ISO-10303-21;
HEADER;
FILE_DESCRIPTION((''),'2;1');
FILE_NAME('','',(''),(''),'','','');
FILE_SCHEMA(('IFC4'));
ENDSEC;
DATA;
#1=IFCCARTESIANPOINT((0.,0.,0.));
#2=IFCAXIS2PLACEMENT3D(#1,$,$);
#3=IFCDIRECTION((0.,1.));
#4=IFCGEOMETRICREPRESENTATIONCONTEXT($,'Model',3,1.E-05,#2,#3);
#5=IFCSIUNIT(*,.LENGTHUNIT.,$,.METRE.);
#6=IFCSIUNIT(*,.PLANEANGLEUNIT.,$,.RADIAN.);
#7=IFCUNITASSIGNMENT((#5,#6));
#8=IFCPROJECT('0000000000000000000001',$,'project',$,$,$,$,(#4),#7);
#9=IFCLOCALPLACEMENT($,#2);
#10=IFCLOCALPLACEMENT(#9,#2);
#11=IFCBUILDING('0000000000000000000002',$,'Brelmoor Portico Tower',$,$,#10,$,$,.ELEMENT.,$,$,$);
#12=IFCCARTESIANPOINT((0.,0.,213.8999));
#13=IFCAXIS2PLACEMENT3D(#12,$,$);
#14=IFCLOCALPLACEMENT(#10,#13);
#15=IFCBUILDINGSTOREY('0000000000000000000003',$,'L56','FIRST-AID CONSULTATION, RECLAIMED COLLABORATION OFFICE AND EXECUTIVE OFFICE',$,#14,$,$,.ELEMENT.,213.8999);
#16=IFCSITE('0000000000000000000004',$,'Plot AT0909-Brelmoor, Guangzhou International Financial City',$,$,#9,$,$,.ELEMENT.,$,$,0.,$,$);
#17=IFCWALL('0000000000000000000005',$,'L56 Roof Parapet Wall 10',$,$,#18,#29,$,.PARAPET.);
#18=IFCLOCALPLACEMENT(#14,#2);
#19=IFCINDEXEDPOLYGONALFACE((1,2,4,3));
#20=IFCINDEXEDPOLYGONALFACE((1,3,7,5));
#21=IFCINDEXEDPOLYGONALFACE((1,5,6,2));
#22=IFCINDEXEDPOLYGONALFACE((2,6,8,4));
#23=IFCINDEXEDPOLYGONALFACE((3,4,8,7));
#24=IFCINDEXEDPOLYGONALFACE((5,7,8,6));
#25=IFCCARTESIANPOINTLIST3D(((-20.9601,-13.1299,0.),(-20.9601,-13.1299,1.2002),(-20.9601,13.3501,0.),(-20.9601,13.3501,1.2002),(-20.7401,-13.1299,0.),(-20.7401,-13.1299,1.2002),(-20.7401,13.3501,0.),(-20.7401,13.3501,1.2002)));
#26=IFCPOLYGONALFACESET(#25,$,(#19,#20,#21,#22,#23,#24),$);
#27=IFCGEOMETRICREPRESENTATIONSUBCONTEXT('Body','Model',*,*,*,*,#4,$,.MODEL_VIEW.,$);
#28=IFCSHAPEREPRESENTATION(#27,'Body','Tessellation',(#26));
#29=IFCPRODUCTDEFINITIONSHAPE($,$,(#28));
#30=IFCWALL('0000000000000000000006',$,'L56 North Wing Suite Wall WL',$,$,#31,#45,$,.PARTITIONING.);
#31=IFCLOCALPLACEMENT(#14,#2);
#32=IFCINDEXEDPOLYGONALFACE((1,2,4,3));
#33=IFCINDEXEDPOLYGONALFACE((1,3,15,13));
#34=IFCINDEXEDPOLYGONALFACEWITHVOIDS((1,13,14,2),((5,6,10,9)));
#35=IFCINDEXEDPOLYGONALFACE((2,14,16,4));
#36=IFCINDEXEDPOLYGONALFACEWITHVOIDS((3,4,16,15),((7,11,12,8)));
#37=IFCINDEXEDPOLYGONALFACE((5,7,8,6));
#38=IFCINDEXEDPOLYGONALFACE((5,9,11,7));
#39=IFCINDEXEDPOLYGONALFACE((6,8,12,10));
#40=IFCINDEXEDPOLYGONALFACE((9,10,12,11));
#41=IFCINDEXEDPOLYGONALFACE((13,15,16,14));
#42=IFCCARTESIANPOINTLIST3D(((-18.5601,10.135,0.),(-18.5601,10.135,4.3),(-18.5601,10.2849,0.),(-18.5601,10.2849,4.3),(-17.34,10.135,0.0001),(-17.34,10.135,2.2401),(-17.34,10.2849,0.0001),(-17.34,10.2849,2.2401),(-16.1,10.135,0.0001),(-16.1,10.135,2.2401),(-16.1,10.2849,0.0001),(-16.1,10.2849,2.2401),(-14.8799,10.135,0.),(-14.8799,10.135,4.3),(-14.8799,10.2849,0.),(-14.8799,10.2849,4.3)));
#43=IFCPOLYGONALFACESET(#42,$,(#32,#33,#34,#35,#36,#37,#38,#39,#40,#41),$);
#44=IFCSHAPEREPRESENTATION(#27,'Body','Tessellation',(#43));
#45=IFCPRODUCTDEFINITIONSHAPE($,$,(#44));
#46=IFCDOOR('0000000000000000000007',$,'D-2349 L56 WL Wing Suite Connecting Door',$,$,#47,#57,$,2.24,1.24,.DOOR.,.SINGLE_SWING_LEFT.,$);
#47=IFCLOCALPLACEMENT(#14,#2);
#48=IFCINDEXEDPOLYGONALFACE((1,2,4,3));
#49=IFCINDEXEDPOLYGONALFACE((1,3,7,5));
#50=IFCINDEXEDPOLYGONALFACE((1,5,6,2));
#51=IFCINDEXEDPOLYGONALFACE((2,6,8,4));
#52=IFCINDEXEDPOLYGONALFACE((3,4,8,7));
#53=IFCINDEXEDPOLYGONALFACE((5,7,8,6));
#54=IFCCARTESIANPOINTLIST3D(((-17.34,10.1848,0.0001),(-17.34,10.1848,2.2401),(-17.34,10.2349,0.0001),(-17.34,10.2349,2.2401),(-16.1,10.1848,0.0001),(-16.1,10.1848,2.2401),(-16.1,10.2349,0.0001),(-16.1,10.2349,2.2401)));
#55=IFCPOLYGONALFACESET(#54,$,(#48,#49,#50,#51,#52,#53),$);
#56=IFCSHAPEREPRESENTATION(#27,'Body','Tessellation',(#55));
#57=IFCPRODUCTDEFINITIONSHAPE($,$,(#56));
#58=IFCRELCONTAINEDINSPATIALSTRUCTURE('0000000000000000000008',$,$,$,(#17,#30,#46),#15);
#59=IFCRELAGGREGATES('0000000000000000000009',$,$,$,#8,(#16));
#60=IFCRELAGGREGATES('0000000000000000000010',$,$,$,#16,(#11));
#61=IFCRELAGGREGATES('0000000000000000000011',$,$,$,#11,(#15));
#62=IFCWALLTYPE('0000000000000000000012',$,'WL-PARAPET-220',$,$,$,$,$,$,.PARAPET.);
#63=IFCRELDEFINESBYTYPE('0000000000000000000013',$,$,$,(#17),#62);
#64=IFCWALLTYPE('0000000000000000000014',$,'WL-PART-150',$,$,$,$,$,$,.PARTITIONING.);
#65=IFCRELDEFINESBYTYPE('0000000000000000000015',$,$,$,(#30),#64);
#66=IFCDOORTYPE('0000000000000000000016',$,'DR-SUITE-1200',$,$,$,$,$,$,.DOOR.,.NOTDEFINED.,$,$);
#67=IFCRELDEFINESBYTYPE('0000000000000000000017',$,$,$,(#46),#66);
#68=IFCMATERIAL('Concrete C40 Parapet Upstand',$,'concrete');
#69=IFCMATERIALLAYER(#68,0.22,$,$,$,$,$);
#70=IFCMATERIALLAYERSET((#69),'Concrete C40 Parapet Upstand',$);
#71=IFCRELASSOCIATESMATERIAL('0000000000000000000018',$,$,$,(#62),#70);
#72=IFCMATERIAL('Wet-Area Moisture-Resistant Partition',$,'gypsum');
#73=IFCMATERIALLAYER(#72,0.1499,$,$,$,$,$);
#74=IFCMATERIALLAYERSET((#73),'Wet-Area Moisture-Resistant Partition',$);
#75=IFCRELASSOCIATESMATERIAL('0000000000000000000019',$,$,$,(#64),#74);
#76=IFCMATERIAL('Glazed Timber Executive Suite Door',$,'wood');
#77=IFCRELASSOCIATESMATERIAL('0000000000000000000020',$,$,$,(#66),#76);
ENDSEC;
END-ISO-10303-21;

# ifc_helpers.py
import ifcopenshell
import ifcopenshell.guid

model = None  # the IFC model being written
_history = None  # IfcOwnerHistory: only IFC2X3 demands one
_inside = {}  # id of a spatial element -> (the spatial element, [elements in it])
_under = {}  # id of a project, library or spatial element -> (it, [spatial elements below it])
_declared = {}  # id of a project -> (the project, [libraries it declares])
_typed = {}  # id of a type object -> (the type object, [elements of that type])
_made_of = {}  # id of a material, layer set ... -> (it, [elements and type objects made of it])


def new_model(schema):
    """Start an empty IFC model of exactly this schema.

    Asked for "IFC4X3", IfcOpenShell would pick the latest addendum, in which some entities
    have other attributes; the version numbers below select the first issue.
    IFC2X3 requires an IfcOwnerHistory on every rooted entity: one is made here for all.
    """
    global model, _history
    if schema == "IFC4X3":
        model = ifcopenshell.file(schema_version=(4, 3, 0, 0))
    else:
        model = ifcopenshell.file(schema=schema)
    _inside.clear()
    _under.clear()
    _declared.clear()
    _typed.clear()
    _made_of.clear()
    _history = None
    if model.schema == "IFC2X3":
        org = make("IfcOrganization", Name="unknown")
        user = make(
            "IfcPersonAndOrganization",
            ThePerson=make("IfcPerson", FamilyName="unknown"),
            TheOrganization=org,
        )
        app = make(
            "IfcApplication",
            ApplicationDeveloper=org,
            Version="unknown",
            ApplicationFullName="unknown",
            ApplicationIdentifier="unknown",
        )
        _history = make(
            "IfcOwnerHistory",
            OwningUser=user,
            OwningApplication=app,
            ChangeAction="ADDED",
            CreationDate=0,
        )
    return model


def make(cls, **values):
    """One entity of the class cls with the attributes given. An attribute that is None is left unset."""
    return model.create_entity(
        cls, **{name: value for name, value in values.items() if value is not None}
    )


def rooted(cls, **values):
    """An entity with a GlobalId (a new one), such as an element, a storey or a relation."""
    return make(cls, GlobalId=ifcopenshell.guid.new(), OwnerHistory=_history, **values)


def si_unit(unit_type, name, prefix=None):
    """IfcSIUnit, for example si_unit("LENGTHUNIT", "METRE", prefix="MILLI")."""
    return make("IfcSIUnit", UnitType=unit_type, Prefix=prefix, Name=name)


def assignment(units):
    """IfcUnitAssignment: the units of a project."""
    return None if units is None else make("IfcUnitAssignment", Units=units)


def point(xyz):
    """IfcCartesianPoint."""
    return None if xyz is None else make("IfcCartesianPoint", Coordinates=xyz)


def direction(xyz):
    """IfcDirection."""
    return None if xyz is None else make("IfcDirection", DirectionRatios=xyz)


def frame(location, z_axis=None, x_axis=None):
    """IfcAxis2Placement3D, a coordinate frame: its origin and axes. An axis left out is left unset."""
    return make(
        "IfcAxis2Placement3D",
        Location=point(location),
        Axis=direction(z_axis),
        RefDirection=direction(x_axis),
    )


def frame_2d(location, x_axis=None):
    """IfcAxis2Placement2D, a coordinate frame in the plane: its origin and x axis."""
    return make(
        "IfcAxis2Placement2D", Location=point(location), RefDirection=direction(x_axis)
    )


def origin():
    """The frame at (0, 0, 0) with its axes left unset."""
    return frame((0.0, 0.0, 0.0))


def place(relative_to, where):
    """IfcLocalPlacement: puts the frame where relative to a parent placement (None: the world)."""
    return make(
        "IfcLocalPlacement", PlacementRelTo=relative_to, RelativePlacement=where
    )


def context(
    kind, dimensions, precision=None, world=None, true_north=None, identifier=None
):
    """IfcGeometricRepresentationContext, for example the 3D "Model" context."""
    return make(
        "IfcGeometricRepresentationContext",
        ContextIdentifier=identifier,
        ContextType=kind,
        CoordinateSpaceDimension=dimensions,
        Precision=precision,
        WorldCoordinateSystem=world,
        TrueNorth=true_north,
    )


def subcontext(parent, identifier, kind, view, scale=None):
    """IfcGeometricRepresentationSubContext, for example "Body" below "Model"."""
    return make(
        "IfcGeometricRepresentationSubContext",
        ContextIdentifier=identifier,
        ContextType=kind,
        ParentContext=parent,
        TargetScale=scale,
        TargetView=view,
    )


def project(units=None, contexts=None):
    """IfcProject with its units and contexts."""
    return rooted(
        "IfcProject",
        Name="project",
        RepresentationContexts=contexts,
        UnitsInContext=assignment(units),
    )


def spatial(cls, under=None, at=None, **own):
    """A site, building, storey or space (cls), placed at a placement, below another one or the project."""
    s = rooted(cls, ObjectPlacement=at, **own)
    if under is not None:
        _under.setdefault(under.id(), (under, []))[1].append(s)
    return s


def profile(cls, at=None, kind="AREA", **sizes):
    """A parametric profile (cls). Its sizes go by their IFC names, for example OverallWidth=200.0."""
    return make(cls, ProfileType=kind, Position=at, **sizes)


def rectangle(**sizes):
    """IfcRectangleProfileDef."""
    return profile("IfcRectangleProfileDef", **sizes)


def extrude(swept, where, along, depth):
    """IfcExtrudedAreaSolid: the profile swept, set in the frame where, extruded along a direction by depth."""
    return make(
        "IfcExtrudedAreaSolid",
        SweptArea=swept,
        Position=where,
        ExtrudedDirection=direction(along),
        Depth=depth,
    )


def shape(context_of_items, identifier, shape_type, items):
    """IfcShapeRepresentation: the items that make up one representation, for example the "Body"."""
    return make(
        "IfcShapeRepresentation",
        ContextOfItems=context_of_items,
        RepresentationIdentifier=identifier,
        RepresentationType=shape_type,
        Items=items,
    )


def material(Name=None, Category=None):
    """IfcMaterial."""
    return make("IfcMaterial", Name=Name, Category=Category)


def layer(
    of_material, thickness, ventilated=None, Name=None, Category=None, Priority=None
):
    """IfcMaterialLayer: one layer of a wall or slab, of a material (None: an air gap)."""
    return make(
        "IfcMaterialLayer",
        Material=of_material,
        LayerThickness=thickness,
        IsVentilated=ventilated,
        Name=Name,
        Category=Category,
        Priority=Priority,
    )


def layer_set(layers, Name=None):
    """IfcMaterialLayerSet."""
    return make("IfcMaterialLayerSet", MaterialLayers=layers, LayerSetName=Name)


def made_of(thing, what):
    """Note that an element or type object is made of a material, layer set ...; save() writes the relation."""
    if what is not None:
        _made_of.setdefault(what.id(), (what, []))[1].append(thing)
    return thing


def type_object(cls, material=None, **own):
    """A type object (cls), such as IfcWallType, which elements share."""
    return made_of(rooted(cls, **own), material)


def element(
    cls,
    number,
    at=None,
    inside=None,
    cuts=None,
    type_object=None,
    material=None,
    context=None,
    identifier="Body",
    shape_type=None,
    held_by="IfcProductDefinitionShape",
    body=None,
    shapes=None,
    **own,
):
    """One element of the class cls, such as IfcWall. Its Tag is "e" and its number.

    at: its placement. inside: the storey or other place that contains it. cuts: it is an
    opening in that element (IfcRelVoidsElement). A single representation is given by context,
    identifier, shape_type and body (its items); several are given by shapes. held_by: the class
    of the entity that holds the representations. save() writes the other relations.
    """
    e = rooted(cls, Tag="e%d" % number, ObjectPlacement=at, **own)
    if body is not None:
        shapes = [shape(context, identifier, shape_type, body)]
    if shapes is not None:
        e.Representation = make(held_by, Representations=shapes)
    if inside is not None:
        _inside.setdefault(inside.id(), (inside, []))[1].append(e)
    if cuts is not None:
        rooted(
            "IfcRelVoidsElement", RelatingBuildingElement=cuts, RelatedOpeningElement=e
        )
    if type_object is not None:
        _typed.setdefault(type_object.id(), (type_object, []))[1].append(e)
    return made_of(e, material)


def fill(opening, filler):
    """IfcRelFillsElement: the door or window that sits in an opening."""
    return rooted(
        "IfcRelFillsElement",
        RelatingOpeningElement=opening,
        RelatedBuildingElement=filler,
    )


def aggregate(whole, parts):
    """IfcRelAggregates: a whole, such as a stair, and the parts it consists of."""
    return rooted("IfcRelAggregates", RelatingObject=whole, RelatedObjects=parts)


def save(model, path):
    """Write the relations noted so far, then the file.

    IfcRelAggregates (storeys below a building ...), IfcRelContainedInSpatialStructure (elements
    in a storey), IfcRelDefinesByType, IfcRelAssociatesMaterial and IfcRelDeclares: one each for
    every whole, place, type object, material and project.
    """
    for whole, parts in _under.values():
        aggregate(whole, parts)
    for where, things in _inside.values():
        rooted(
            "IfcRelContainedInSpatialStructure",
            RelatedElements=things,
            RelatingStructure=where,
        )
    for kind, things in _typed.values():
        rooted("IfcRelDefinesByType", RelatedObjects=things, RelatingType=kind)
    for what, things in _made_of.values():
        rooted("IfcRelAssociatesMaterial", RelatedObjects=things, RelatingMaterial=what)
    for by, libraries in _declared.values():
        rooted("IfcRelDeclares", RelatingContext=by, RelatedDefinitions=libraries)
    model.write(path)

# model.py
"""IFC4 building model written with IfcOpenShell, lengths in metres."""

from ifc_helpers import new_model, si_unit, direction, frame, frame_2d, origin, place, context, subcontext, project, spatial, rectangle, extrude, material, layer, layer_set, type_object, element, fill, save


model = new_model("IFC4")

# Units and contexts
model_context = context("Model", 3, precision=1e-05, world=origin(), true_north=direction((0.0, 1.0)))
body_context = subcontext(model_context, "Body", "Model", "MODEL_VIEW")
ifc_project = project(units=[si_unit("LENGTHUNIT", "METRE"), si_unit("PLANEANGLEUNIT", "RADIAN")], contexts=[model_context])

# Site, building, storey
site_placement = place(None, origin())
site = spatial("IfcSite", under=ifc_project, at=site_placement, Name="Plot AT0909-Brelmoor, Guangzhou International Financial City", CompositionType="ELEMENT", RefElevation=0.0)
building_placement = place(site_placement, origin())
building = spatial("IfcBuilding", under=site, at=building_placement, Name="Brelmoor Portico Tower", CompositionType="ELEMENT")
storey_placement = place(building_placement, frame((0.0, 0.0, 213.8999)))
storey = spatial("IfcBuildingStorey", under=building, at=storey_placement, Name="L56", Description="FIRST-AID CONSULTATION, RECLAIMED COLLABORATION OFFICE AND EXECUTIVE OFFICE", CompositionType="ELEMENT", Elevation=213.8999)

# Wall
ifc_material_1 = material(Name="Concrete C40 Parapet Upstand", Category="concrete")
ifc_layer_1 = layer(ifc_material_1, 0.22)
ifc_layer_set_1 = layer_set([ifc_layer_1], Name="Concrete C40 Parapet Upstand")
wall_type_1 = type_object("IfcWallType", Name="WL-PARAPET-220", PredefinedType="PARAPET", material=ifc_layer_set_1)
wall_1_placement = place(storey_placement, frame((-20.8501, 13.3501, 0.0), z_axis=(0.0, 0.0, 1.0), x_axis=(0.0, -1.0, 0.0)))
element("IfcWall", 1, at=wall_1_placement, inside=storey, type_object=wall_type_1, Name="L56 Roof Parapet Wall 10", PredefinedType="PARAPET", context=body_context, shape_type="SweptSolid", body=[
    extrude(rectangle(XDim=26.48, YDim=0.22, at=frame_2d((13.24, 0.0))), origin(), (0.0, 0.0, 1.0), 1.2002),
])

# Wall, opening, door
ifc_material_2 = material(Name="Wet-Area Moisture-Resistant Partition", Category="gypsum")
ifc_layer_2 = layer(ifc_material_2, 0.1499)
ifc_layer_set_2 = layer_set([ifc_layer_2], Name="Wet-Area Moisture-Resistant Partition")
wall_type_2 = type_object("IfcWallType", Name="WL-PART-150", PredefinedType="PARTITIONING", material=ifc_layer_set_2)
wall_2_placement = place(storey_placement, frame((-18.5601, 10.21, 0.0), z_axis=(0.0, 0.0, 1.0), x_axis=(1.0, 0.0, 0.0)))
wall_2 = element("IfcWall", 2, at=wall_2_placement, inside=storey, type_object=wall_type_2, Name="L56 North Wing Suite Wall WL", PredefinedType="PARTITIONING", context=body_context, shape_type="SweptSolid", body=[
    extrude(rectangle(XDim=3.6802, YDim=0.1499, at=frame_2d((1.8401, 0.0))), origin(), (0.0, 0.0, 1.0), 4.3),
])
opening_1_placement = place(wall_2_placement, frame((1.22, 0.0, 0.0)))
opening_1 = element("IfcOpeningElement", 3, at=opening_1_placement, cuts=wall_2, PredefinedType="OPENING", context=body_context, shape_type="SweptSolid", body=[
    extrude(rectangle(XDim=1.24, YDim=2.24, at=frame_2d((0.6201, 1.1201))), frame((0.0, 0.085, 0.0), z_axis=(0.0, -1.0, 0.0), x_axis=(1.0, 0.0, 0.0)), (0.0, 0.0, 1.0), 0.1699),
])
ifc_material_3 = material(Name="Glazed Timber Executive Suite Door", Category="wood")
door_type = type_object("IfcDoorType", Name="DR-SUITE-1200", OperationType="NOTDEFINED", PredefinedType="DOOR", material=ifc_material_3)
door_placement = place(opening_1_placement, origin())
door = element("IfcDoor", 4, at=door_placement, inside=storey, type_object=door_type, Name="D-2349 L56 WL Wing Suite Connecting Door", OperationType="SINGLE_SWING_LEFT", OverallHeight=2.24, OverallWidth=1.24, PredefinedType="DOOR", context=body_context, shape_type="SweptSolid", body=[
    extrude(rectangle(XDim=1.24, YDim=2.24, at=frame_2d((0.6201, 1.1201))), frame((0.0, 0.0249, 0.0), z_axis=(0.0, -1.0, 0.0), x_axis=(1.0, 0.0, 0.0)), (0.0, 0.0, 1.0), 0.05),
])
fill(opening_1, door)

save(model, "model.ifc")
